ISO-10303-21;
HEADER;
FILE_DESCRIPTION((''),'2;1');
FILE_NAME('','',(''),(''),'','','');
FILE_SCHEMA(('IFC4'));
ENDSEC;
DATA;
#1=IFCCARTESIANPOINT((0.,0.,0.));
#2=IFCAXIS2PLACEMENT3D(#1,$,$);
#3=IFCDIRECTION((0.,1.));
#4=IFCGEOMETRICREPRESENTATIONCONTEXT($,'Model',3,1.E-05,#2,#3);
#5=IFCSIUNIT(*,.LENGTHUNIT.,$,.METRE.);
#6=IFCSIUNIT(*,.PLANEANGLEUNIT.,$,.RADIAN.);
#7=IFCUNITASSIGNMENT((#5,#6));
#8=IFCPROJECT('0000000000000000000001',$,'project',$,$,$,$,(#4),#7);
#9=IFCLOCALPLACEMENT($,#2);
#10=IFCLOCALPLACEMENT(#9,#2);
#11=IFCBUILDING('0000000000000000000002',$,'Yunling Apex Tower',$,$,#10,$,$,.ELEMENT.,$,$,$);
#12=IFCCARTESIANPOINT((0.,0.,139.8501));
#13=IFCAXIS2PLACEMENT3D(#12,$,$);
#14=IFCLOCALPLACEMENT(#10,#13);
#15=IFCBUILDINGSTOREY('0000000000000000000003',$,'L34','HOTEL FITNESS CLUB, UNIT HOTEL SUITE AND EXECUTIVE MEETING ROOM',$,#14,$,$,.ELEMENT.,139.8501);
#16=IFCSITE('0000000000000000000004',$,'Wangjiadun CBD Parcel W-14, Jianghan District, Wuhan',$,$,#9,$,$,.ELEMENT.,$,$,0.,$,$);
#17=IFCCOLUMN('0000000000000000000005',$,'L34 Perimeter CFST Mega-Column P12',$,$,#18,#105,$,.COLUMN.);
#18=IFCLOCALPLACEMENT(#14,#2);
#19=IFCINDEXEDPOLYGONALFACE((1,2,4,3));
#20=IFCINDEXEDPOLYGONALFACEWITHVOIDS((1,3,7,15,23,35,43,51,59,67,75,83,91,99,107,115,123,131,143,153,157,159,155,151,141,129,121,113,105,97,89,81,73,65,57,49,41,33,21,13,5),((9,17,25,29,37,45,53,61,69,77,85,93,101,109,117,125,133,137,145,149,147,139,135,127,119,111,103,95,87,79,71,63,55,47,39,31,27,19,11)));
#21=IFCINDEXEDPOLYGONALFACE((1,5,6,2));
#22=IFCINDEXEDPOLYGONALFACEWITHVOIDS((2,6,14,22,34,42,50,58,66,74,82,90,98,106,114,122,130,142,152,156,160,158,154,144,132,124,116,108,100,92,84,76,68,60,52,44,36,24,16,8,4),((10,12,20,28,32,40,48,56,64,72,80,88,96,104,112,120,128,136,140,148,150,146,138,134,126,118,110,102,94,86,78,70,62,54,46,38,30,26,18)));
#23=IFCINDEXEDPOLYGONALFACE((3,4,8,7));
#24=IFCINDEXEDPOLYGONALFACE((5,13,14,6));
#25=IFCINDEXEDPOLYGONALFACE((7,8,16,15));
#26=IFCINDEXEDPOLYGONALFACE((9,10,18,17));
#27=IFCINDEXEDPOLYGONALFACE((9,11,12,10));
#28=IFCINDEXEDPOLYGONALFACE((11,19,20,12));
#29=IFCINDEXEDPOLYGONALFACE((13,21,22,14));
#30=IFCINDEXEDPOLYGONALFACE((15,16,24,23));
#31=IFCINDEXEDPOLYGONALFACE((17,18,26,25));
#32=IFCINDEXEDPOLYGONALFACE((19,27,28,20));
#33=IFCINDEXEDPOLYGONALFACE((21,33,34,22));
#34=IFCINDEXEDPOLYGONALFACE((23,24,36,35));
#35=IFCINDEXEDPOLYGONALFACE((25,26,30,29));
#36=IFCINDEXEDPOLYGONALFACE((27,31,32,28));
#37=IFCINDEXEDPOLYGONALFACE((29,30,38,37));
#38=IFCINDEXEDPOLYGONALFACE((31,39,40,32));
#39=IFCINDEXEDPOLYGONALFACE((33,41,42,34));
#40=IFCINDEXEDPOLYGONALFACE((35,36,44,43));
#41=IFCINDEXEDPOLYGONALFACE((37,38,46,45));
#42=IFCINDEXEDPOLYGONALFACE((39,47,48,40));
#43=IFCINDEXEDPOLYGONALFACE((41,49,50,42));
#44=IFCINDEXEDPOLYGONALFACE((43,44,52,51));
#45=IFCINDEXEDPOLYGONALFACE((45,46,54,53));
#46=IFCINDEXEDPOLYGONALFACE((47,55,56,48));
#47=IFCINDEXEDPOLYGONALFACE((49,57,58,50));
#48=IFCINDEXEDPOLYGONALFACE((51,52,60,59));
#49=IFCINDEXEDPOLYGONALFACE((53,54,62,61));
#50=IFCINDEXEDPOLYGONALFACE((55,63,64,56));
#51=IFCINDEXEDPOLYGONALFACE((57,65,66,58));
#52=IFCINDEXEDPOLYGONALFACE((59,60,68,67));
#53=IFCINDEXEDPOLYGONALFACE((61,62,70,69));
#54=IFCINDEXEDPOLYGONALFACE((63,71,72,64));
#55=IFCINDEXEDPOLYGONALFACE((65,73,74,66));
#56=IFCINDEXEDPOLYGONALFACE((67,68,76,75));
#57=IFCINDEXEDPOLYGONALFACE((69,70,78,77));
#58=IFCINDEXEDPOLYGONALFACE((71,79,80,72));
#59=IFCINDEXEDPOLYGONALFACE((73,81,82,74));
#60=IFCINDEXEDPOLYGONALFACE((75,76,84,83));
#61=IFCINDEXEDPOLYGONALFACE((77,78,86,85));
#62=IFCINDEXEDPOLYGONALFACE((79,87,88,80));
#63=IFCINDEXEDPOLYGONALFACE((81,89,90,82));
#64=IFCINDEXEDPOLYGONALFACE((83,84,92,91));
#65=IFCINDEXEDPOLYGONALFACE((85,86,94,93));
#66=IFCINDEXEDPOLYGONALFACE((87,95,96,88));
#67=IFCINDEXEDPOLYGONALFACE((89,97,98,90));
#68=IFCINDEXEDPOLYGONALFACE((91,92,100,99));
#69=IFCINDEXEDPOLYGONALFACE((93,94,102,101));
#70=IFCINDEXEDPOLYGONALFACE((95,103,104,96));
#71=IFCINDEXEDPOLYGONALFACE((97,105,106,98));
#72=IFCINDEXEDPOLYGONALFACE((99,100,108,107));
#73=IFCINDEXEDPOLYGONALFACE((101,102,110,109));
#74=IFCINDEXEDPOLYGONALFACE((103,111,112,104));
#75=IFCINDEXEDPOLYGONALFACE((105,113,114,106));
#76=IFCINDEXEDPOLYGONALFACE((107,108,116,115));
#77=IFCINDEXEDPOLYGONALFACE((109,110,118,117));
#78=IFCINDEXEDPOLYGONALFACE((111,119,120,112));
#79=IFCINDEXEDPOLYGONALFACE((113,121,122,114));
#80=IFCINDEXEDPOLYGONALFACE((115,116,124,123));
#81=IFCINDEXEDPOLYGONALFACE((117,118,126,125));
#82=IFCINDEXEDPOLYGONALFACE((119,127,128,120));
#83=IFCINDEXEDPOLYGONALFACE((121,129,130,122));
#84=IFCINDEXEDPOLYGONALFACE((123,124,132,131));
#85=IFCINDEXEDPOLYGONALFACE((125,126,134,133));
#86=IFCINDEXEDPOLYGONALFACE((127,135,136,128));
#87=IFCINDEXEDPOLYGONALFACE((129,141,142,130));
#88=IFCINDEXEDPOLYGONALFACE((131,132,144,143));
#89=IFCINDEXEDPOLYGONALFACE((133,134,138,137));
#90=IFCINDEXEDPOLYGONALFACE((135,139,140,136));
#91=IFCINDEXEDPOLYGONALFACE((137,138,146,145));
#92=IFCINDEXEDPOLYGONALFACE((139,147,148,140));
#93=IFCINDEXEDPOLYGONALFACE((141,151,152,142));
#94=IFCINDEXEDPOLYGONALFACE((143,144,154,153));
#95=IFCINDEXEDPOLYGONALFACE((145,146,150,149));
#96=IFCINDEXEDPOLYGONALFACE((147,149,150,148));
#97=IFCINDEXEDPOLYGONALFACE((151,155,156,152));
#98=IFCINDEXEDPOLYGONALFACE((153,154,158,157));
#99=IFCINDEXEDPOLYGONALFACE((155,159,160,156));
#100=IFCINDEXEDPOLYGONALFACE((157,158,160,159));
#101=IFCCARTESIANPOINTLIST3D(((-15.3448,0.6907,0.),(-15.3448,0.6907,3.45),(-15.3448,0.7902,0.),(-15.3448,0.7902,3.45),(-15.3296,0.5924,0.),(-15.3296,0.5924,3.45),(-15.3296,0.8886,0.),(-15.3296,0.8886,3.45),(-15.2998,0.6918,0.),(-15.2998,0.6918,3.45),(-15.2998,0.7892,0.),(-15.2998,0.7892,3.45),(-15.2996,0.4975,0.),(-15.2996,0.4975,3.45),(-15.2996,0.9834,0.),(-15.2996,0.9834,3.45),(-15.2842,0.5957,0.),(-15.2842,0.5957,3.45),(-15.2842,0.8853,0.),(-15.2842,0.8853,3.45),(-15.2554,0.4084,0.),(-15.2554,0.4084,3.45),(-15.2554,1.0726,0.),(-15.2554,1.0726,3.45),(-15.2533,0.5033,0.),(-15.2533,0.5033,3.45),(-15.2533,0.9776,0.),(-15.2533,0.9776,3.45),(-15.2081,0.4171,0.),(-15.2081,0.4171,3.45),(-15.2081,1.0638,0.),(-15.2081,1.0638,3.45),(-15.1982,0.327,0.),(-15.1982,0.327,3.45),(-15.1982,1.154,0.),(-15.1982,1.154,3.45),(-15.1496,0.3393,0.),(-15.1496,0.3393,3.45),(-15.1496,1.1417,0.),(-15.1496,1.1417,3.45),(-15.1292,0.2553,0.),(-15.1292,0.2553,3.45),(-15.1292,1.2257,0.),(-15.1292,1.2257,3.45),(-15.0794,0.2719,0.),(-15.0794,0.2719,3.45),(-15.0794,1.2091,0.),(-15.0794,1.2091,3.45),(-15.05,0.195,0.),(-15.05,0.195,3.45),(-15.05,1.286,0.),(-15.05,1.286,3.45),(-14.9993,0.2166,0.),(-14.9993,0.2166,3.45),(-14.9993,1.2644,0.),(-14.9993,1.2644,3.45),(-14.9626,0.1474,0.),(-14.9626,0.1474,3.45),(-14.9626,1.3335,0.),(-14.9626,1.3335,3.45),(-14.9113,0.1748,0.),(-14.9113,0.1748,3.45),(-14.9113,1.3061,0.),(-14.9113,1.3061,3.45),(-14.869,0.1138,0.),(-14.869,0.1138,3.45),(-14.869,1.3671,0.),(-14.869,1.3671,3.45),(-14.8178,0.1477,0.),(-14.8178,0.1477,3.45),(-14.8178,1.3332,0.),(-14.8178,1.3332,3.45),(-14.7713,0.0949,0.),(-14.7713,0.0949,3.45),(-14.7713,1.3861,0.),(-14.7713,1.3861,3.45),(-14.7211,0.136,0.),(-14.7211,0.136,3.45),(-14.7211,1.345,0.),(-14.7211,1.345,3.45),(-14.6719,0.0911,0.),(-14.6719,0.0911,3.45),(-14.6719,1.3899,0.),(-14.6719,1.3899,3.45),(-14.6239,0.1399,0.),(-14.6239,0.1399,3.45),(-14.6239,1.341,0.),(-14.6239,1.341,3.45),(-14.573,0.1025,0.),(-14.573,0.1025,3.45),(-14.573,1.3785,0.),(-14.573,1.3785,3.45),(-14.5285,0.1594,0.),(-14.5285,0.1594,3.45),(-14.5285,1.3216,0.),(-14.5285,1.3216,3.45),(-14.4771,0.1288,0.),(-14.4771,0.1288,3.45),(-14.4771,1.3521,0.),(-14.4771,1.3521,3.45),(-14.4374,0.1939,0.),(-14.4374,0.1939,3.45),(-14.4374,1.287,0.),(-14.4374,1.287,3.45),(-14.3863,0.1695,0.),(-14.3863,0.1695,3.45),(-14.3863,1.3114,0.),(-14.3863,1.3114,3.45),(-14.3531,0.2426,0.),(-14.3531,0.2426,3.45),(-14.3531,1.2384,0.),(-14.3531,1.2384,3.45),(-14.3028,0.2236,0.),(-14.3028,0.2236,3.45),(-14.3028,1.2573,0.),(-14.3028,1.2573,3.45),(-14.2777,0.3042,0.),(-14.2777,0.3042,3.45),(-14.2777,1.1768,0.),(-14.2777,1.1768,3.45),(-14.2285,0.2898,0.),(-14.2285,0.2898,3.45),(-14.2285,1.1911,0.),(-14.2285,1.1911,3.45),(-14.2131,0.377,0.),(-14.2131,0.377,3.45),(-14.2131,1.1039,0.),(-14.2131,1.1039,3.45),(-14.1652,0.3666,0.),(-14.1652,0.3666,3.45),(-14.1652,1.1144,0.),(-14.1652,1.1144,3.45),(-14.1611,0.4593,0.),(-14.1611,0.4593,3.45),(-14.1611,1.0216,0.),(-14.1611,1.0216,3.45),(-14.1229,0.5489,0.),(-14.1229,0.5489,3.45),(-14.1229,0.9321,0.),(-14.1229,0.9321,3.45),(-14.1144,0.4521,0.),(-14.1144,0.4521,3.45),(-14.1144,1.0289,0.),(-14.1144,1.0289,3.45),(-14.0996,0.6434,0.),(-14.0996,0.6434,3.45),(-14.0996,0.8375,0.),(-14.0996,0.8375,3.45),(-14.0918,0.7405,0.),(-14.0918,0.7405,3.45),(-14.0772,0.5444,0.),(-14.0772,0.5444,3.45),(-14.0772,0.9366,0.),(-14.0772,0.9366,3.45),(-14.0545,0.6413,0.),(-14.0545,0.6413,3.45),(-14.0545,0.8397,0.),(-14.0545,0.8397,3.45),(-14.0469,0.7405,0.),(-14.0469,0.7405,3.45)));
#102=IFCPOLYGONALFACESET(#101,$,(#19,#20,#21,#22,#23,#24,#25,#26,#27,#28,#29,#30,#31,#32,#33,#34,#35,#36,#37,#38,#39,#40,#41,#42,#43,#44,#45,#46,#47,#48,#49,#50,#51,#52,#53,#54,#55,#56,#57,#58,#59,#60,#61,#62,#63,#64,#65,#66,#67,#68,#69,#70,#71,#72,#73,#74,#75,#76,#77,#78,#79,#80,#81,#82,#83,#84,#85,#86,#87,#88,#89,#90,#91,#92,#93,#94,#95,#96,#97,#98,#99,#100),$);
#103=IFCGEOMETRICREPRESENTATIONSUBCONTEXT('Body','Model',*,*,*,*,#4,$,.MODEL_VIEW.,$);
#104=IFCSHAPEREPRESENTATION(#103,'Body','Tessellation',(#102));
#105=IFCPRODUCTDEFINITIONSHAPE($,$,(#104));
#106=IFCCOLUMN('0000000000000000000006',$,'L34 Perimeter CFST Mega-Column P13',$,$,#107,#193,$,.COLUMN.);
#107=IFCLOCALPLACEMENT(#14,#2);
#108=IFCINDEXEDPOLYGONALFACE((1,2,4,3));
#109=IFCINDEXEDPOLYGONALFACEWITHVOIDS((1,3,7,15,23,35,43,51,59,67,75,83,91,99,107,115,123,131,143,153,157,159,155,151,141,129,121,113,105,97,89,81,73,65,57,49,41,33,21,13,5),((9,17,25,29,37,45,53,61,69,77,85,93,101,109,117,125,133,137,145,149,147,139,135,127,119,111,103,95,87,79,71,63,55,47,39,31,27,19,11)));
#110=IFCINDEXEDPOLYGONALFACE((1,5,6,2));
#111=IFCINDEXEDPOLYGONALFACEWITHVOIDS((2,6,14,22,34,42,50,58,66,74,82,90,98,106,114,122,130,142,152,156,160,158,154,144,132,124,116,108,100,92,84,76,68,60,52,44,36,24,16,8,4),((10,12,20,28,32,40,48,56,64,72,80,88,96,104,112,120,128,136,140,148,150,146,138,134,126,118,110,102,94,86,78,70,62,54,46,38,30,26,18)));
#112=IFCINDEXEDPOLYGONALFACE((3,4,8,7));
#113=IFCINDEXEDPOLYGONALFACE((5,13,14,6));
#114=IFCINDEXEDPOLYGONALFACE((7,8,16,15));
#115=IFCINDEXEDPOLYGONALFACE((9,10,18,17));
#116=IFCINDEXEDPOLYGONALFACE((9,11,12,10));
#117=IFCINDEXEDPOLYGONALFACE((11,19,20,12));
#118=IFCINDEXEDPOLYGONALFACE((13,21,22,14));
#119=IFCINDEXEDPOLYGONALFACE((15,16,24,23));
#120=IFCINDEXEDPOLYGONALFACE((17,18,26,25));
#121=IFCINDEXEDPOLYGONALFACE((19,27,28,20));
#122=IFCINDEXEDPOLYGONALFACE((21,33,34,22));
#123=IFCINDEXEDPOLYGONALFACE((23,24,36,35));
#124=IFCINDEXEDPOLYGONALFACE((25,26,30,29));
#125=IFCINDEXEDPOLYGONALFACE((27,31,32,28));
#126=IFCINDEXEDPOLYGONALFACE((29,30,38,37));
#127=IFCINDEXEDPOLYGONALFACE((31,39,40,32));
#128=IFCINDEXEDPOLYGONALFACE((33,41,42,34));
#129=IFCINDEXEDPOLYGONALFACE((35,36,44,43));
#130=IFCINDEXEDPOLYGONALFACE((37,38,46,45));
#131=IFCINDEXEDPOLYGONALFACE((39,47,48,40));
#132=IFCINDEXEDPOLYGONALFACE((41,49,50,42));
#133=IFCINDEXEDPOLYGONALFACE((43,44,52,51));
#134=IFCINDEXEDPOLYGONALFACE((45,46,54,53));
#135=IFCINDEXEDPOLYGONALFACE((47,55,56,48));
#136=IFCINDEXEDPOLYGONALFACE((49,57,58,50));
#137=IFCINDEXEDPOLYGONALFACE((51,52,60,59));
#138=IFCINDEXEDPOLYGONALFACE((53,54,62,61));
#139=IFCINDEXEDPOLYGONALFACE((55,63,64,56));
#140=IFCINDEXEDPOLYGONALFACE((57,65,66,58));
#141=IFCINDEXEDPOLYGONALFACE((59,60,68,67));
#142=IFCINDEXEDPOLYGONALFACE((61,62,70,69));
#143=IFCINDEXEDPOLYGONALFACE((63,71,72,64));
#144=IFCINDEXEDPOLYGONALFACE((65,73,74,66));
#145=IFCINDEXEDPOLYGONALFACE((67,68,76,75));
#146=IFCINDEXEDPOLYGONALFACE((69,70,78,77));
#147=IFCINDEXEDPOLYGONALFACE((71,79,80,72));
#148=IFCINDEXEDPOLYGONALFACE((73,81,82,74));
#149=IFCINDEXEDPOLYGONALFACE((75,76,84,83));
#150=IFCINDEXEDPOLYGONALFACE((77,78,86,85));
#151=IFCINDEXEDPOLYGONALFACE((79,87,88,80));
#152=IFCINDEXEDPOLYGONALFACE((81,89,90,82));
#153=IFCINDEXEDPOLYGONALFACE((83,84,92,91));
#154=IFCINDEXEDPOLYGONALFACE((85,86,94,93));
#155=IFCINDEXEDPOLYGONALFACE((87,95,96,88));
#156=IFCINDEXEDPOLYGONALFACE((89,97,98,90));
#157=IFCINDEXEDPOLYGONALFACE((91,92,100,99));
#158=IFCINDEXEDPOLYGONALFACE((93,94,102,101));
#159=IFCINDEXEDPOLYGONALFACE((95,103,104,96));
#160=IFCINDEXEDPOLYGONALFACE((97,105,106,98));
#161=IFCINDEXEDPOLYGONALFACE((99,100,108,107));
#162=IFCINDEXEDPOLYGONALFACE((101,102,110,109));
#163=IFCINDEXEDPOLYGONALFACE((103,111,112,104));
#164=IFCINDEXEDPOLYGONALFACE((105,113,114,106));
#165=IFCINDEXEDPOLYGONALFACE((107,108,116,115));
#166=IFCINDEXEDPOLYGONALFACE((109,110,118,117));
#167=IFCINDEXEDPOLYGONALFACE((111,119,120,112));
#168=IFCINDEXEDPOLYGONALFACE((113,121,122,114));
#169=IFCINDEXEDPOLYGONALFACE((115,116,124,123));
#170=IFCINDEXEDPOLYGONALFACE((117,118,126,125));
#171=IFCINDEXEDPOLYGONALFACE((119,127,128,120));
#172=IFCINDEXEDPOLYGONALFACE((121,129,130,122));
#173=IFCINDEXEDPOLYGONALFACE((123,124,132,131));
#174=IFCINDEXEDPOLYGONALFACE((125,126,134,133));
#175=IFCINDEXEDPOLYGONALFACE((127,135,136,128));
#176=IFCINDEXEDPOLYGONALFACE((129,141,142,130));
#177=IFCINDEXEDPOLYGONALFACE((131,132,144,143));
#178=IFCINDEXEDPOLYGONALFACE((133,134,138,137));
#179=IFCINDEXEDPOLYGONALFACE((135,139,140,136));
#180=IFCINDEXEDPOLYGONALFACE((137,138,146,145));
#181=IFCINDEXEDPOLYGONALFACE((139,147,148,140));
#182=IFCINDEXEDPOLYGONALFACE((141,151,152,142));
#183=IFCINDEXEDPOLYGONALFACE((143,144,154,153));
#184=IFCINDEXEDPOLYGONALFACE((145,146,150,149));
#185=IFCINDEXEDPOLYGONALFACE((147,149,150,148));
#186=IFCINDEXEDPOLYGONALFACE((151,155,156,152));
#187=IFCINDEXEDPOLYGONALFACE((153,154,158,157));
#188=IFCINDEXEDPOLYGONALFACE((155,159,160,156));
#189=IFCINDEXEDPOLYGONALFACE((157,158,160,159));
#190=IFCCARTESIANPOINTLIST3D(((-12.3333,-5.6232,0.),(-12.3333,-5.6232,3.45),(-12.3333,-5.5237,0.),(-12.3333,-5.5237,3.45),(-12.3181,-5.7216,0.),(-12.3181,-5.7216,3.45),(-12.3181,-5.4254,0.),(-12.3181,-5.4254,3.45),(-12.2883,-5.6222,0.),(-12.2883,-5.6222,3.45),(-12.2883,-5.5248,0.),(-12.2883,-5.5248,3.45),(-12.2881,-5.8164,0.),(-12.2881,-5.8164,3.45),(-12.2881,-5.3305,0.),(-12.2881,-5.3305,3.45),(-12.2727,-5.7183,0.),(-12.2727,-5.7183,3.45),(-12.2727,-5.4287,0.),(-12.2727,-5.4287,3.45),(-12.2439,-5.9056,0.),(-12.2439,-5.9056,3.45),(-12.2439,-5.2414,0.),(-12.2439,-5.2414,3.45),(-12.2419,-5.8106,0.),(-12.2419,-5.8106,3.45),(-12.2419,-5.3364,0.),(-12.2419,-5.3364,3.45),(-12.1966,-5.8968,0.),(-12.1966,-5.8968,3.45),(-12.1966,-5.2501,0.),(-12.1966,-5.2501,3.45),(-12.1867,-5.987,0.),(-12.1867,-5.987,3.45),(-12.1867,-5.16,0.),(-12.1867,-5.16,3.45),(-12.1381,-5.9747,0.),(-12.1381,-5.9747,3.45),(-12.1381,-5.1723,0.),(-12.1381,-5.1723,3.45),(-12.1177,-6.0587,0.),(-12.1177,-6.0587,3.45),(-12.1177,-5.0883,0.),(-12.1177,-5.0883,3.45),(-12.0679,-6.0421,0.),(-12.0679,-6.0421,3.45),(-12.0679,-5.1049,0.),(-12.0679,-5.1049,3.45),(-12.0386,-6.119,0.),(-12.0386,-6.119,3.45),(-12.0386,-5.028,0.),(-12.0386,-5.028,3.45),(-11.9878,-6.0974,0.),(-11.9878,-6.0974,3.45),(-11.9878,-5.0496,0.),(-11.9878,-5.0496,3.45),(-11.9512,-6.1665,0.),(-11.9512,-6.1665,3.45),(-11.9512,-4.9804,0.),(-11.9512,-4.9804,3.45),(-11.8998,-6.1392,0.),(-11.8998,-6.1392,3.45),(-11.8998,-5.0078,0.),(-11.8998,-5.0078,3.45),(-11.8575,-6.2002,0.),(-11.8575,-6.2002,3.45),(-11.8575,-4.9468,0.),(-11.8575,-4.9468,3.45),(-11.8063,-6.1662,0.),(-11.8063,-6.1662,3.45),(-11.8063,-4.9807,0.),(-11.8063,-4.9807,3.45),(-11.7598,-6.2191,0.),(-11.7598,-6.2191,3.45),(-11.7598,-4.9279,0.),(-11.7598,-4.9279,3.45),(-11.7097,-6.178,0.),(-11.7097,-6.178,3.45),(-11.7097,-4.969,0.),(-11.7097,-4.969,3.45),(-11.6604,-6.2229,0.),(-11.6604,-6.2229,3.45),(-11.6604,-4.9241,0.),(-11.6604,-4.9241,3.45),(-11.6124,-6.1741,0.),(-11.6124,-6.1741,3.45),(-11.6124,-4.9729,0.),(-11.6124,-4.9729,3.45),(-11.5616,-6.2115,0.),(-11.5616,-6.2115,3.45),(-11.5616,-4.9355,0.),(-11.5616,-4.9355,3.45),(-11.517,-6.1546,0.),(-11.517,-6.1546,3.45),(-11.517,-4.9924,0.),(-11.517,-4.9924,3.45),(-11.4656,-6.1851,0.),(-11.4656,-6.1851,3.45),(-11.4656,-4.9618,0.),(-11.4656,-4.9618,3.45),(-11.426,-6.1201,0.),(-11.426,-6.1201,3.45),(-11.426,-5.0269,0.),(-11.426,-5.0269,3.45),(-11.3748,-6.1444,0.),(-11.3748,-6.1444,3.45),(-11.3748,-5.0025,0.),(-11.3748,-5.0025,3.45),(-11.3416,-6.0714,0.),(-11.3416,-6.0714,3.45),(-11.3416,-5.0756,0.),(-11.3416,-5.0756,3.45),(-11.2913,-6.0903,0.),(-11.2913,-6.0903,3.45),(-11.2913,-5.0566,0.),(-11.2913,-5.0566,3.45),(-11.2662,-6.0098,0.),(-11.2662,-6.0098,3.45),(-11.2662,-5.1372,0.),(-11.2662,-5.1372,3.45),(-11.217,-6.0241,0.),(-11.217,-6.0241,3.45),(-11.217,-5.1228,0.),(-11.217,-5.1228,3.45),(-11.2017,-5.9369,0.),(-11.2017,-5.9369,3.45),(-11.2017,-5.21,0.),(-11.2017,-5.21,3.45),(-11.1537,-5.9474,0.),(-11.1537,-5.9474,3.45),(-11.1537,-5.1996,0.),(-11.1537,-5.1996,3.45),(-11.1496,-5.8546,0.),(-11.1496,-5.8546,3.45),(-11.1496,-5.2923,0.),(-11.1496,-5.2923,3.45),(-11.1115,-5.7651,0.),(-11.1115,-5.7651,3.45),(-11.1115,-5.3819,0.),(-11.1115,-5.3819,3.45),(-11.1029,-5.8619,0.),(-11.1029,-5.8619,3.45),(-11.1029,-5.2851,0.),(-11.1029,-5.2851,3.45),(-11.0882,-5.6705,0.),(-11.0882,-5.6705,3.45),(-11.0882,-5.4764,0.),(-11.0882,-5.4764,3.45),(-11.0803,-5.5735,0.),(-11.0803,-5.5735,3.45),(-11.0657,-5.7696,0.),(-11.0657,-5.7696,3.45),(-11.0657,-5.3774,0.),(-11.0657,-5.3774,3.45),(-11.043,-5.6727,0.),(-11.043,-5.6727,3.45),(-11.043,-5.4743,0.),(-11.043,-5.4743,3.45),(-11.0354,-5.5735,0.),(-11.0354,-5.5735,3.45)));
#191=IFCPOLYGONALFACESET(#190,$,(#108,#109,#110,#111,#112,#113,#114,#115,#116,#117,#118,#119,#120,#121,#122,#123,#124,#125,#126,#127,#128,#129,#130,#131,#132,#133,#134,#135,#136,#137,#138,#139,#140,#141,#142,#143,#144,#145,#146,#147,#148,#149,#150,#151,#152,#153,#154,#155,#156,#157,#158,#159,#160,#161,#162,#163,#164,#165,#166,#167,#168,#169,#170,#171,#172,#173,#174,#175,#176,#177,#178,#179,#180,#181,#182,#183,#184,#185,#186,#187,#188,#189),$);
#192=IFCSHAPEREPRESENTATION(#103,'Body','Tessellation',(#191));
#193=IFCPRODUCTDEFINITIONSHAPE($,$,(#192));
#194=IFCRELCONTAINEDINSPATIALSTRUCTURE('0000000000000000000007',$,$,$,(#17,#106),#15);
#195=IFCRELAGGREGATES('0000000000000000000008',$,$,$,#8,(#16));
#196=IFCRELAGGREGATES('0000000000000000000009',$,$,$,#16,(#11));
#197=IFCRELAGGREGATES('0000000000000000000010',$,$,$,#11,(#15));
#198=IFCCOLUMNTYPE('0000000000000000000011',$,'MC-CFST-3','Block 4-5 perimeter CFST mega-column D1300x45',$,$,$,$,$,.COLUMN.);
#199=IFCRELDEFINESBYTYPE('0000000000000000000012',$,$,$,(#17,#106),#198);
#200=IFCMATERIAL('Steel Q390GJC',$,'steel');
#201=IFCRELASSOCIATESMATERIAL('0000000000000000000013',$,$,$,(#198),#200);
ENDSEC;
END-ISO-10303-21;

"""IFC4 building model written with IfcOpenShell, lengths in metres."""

from ifc_helpers import new_model, si_unit, direction, frame, origin, origin_2d, place, context, subcontext, project, spatial, hollow_circle, extrude, source, transform, mapped, material, material_profile, profile_set, type_object, element, save


model = new_model("IFC4")

# Units and contexts
model_context = context("Model", 3, precision=1e-05, world=origin(), true_north=direction((0.0, 1.0)))
body_context = subcontext(model_context, "Body", "Model", "MODEL_VIEW")
ifc_project = project(units=[si_unit("LENGTHUNIT", "METRE"), si_unit("PLANEANGLEUNIT", "RADIAN")], contexts=[model_context])

# Site, building, storey
site_placement = place(None, origin())
site = spatial("IfcSite", under=ifc_project, at=site_placement, Name="Wangjiadun CBD Parcel W-14, Jianghan District, Wuhan", CompositionType="ELEMENT", RefElevation=0.0)
building_placement = place(site_placement, origin())
building = spatial("IfcBuilding", under=site, at=building_placement, Name="Yunling Apex Tower", CompositionType="ELEMENT")
storey_placement = place(building_placement, frame((0.0, 0.0, 139.8501)))
storey = spatial("IfcBuildingStorey", under=building, at=storey_placement, Name="L34", Description="HOTEL FITNESS CLUB, UNIT HOTEL SUITE AND EXECUTIVE MEETING ROOM", CompositionType="ELEMENT", Elevation=139.8501)

# Columns
ifc_material_1 = material(Name="Steel Q390GJC", Category="steel")
ifc_material_profile_1 = material_profile(ifc_material_1, hollow_circle(Radius=0.6499, WallThickness=0.0449, at=origin_2d()))
ifc_profile_set_1 = profile_set([ifc_material_profile_1], Name="Steel Q390GJC")
column_type = type_object("IfcColumnType", Name="MC-CFST-3", Description="Block 4-5 perimeter CFST mega-column D1300x45", PredefinedType="COLUMN", material=ifc_profile_set_1)
shared_shape_1 = source(origin(), body_context, "Body", "SweptSolid", [
    extrude(hollow_circle(Radius=0.6499, WallThickness=0.0449, at=origin_2d()), origin(), (0.0, 0.0, 1.0), 3.45),
])
for number, where, z_axis, x_axis, name in (
    (1, (-14.6968, 0.7405, 0.0), (0.0, 0.0, 1.0), (1.0, 0.0, 0.0), "L34 Perimeter CFST Mega-Column P12"),
    (2, (-11.6853, -5.5735, 0.0), (0.0, 0.0, 1.0), (1.0, 0.0, 0.0), "L34 Perimeter CFST Mega-Column P13"),
):
    element("IfcColumn", number, at=place(storey_placement, frame(where, z_axis=z_axis, x_axis=x_axis)), inside=storey, type_object=column_type, Name=name, PredefinedType="COLUMN", context=body_context, shape_type="MappedRepresentation", body=[
        mapped(shared_shape_1, transform((0.0, 0.0, 0.0), scale=1.0)),
    ])

save(model, "model.ifc")
